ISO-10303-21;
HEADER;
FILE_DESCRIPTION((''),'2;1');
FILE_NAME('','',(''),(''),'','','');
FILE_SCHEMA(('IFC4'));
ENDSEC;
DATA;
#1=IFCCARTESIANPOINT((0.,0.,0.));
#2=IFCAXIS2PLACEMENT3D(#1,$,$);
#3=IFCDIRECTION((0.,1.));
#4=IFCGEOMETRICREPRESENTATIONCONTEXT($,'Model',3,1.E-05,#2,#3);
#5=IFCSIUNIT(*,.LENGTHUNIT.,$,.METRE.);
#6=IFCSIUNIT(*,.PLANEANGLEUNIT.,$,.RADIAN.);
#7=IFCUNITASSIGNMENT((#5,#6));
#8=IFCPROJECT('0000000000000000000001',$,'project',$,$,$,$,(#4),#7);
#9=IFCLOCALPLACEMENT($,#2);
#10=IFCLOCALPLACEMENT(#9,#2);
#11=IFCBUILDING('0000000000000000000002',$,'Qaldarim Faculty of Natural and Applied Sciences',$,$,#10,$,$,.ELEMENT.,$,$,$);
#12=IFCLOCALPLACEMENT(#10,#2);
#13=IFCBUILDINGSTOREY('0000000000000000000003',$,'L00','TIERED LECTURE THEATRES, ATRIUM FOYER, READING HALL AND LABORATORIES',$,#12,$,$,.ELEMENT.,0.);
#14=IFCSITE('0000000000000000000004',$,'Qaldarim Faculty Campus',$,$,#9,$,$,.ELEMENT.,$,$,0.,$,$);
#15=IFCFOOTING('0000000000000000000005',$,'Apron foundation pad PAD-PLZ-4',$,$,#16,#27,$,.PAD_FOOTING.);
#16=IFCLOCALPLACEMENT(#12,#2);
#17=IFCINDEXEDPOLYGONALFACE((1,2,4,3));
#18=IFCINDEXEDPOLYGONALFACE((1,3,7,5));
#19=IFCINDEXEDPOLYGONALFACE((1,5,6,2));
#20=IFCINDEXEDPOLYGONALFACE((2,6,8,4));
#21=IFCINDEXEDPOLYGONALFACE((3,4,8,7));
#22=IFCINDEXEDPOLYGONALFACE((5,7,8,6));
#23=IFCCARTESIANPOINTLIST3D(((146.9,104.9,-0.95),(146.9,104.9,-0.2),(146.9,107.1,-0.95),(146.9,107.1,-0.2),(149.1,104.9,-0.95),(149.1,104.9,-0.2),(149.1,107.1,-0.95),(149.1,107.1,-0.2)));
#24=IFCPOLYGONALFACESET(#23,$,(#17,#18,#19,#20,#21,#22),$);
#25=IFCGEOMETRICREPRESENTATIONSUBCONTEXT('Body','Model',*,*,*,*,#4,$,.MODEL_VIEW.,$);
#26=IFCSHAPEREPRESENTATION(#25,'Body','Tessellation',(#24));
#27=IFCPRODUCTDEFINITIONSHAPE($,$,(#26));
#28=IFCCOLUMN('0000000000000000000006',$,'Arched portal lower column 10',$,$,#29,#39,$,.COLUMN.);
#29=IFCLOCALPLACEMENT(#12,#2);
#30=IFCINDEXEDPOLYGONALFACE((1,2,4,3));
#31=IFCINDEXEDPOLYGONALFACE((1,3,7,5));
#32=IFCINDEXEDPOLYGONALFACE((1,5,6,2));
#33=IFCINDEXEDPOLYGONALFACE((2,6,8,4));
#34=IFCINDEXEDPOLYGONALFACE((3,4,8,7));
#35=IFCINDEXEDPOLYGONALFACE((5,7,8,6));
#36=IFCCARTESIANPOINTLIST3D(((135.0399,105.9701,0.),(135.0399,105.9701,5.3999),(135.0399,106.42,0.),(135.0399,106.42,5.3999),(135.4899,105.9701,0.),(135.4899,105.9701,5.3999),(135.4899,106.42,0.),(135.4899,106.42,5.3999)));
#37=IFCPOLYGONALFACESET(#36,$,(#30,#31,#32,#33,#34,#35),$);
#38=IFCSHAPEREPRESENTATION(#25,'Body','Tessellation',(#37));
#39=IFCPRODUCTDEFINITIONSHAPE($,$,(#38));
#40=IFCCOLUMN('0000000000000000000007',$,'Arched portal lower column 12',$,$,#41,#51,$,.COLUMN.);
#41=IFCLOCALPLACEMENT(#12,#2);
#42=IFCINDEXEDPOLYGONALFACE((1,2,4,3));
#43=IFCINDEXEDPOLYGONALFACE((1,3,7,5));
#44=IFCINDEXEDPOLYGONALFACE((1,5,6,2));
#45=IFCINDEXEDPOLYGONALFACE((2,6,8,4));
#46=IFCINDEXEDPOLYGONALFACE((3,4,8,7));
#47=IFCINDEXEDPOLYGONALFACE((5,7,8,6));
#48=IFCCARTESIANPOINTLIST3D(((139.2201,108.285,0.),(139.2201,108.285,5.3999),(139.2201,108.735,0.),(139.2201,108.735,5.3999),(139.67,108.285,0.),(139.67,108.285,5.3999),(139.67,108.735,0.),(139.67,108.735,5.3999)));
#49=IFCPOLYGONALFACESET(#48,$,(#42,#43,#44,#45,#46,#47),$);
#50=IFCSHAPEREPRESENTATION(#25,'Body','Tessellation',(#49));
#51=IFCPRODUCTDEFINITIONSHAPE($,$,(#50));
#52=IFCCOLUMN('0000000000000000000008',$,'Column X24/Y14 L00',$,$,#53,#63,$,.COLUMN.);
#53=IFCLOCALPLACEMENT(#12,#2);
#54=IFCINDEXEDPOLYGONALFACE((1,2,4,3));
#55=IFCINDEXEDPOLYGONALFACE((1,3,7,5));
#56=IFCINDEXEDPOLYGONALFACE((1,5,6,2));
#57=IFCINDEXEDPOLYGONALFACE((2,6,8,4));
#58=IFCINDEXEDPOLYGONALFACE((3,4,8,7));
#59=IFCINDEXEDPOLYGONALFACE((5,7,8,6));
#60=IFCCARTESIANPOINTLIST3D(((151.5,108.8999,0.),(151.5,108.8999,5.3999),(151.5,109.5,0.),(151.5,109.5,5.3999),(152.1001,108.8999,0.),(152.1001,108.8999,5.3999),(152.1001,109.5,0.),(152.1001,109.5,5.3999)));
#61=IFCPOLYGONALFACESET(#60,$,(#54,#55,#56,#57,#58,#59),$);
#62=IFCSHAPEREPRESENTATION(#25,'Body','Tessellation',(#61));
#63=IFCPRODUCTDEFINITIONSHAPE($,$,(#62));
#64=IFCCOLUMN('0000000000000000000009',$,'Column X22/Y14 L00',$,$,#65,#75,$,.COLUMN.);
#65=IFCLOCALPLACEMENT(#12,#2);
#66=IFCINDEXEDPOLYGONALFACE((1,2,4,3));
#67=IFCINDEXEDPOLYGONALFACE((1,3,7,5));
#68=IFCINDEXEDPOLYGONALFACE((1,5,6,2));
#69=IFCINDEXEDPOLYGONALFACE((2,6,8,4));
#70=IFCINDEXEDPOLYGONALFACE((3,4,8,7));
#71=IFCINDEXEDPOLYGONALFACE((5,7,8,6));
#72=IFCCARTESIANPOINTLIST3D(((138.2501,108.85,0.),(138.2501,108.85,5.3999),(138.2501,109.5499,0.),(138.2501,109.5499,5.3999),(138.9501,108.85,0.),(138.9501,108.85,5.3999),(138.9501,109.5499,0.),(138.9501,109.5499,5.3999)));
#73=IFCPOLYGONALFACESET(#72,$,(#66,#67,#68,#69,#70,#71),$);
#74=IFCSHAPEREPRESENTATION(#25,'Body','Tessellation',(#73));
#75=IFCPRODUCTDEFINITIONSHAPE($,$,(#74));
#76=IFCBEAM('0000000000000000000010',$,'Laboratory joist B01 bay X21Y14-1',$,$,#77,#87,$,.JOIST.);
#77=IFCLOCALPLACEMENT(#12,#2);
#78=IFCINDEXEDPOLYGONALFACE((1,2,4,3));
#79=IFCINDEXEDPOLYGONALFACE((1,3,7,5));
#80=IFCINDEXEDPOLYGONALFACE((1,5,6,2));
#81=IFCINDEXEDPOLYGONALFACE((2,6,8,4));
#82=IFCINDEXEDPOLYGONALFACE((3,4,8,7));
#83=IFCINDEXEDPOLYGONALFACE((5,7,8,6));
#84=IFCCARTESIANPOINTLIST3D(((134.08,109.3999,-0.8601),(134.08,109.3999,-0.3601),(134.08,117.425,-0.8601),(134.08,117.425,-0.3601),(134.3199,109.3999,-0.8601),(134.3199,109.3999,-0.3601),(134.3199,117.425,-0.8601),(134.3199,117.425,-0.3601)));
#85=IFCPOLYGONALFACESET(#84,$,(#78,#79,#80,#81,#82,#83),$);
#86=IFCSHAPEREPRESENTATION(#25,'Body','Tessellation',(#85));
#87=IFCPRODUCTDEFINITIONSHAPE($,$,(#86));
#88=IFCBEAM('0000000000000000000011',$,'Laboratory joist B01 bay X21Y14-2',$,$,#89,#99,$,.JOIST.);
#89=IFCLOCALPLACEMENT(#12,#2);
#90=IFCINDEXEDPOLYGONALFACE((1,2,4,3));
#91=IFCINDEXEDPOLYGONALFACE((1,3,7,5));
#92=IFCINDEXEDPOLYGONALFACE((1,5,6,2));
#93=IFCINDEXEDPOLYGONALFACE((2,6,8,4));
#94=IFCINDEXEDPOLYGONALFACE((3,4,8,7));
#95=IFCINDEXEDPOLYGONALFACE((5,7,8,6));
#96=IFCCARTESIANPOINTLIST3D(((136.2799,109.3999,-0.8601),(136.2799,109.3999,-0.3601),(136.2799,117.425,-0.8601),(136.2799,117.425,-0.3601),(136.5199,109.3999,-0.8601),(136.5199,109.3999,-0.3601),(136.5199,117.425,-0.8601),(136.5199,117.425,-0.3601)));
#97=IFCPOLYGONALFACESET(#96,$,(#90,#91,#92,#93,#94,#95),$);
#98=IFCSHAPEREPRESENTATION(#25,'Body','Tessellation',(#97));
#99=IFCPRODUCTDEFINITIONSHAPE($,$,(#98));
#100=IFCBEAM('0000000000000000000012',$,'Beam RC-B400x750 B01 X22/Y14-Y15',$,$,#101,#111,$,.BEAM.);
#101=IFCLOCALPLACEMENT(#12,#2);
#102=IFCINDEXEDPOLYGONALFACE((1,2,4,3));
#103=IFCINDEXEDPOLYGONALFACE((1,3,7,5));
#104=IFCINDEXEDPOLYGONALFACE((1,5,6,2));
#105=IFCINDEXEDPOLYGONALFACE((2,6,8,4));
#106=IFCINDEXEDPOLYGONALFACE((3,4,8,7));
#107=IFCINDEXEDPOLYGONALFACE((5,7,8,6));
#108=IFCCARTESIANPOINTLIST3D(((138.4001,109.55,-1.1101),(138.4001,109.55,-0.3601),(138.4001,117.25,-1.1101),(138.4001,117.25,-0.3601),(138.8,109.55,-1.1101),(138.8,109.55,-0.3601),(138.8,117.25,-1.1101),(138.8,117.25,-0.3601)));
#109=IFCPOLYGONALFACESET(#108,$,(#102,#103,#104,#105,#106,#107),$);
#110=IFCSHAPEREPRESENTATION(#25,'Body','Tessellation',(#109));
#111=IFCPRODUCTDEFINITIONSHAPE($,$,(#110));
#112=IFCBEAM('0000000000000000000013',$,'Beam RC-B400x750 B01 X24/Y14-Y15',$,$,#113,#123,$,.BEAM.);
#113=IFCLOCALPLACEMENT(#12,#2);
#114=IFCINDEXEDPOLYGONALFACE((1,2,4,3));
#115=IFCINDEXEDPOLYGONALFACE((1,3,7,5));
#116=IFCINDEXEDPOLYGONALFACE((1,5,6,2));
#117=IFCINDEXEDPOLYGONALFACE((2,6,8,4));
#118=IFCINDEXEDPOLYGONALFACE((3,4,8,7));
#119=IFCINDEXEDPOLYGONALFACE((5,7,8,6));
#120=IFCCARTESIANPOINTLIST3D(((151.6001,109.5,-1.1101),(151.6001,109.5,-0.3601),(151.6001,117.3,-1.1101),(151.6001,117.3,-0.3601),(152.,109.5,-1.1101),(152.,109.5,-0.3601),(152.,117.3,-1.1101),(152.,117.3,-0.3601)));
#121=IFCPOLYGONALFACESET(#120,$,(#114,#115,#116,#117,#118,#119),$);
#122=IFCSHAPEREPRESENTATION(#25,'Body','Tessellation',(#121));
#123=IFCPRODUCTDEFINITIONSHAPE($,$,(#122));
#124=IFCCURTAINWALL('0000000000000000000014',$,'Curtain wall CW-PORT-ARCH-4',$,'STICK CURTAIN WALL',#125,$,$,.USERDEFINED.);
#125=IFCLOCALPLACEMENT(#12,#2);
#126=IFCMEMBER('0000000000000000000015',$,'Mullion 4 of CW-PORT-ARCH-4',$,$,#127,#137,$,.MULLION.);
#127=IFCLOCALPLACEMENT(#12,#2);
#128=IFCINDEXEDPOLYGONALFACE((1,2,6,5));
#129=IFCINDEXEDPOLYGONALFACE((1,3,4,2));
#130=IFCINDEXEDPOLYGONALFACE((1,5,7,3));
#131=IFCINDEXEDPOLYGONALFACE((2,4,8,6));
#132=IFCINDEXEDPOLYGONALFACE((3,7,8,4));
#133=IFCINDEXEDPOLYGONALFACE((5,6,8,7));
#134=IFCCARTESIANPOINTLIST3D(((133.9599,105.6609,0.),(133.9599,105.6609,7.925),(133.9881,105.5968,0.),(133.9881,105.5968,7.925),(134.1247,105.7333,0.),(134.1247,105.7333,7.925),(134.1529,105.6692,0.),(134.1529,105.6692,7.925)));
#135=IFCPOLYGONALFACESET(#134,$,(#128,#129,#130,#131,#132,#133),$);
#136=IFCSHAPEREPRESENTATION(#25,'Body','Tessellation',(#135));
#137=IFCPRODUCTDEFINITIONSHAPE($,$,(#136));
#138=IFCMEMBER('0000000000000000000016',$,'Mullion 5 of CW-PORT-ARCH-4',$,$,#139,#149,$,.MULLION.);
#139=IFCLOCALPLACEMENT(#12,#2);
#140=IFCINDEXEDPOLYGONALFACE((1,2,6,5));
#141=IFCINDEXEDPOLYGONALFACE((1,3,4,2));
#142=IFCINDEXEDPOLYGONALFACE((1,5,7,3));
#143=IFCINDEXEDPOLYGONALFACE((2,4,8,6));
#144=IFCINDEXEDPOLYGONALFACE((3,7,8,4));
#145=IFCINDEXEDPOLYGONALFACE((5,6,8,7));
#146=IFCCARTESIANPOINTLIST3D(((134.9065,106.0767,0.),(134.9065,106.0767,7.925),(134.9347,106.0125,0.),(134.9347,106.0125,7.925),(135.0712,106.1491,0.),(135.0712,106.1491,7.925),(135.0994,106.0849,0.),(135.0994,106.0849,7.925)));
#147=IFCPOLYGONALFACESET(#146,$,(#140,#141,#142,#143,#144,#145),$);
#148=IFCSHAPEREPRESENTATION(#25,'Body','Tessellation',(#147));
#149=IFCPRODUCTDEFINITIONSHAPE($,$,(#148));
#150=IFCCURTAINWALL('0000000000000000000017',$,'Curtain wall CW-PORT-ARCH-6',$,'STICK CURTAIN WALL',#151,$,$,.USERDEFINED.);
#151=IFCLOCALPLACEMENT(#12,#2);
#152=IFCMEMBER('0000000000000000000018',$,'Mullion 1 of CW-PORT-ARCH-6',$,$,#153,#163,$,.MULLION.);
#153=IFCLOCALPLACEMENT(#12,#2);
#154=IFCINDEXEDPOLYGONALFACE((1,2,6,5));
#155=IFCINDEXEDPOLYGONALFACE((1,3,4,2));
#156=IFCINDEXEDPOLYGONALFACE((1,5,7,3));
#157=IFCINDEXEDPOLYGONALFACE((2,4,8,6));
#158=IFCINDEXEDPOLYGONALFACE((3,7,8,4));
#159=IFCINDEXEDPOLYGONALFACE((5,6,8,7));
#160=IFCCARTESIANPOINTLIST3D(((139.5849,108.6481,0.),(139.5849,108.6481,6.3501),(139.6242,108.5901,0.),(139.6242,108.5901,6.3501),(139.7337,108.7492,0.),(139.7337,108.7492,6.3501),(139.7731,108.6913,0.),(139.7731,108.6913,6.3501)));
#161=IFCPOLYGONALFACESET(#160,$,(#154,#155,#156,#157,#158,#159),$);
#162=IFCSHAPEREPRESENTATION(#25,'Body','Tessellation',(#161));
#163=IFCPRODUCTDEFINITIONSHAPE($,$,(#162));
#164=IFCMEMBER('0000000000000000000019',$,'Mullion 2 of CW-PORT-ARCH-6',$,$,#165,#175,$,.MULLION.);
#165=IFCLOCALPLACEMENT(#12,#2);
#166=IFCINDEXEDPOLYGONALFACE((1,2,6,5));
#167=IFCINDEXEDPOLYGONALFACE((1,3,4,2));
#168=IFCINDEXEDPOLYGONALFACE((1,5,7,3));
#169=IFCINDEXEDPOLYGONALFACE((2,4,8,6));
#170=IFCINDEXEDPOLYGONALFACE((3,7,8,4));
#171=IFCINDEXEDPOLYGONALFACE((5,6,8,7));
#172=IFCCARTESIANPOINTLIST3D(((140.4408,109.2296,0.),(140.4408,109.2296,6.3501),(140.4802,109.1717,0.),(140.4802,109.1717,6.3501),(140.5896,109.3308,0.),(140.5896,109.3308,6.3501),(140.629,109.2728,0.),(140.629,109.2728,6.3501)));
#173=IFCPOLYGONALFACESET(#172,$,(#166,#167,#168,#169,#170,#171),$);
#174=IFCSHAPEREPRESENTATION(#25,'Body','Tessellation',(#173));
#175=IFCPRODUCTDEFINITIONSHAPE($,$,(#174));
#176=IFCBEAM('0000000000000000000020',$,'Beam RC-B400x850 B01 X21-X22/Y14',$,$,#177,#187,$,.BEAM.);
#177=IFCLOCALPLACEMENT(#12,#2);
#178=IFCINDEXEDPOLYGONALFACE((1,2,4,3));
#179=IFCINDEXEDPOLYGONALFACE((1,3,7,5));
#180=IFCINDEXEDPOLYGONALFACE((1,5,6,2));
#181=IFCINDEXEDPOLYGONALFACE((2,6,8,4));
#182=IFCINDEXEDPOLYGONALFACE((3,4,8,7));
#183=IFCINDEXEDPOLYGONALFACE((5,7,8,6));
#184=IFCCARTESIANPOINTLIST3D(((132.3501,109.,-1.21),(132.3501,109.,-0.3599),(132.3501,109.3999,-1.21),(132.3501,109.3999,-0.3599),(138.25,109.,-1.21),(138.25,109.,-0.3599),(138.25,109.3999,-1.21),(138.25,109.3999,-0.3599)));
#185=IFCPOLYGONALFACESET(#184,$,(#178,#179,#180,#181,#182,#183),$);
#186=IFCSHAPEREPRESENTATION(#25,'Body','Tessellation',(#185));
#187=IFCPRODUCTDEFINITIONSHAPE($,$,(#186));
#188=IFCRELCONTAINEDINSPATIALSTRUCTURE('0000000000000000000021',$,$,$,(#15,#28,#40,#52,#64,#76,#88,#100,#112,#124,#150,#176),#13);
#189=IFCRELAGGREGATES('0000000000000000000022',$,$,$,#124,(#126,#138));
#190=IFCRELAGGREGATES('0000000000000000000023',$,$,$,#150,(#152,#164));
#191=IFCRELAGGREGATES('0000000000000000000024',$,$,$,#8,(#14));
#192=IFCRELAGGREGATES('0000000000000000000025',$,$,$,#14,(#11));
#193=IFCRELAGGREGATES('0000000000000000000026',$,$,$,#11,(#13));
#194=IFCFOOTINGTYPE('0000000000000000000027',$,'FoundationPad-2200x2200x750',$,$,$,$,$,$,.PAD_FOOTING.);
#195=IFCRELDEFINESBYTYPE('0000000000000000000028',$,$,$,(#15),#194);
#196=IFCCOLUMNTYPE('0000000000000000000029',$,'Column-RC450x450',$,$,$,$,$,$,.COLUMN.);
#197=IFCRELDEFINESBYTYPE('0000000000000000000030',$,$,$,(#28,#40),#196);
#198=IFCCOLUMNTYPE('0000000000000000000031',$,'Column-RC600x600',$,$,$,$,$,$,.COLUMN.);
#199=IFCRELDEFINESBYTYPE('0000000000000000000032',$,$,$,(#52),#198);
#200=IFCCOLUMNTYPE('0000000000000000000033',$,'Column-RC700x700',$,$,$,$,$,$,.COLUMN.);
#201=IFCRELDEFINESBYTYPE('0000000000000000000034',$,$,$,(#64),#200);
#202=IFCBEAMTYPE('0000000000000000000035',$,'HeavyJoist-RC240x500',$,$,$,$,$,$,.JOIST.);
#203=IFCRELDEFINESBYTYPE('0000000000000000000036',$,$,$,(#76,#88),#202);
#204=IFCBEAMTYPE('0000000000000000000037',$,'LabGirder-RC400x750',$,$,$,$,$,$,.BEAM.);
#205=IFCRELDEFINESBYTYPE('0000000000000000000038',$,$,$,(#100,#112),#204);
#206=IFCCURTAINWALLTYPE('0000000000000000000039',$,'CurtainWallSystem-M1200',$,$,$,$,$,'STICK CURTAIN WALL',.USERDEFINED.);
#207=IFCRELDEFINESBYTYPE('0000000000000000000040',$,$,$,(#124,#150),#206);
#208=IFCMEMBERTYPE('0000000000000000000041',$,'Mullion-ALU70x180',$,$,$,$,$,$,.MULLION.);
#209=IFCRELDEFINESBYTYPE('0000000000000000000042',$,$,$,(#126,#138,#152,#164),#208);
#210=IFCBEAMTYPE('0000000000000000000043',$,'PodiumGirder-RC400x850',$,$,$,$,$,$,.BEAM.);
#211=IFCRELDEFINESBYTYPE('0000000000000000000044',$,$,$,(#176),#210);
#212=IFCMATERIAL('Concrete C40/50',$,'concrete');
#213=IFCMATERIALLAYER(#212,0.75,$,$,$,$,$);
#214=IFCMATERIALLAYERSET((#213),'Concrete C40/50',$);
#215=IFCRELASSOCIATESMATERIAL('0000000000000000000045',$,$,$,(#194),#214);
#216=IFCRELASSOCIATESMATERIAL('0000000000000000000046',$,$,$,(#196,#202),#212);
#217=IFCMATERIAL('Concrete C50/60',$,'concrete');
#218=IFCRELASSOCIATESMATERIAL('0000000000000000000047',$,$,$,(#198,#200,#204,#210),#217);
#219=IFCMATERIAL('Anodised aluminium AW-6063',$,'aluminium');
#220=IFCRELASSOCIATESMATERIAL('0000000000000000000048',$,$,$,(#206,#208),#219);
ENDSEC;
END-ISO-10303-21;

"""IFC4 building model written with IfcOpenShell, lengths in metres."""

from ifc_helpers import new_model, si_unit, direction, frame, origin, origin_2d, place, context, subcontext, project, spatial, rectangle, extrude, material, layer, layer_set, material_profile, profile_set, type_object, element, aggregate, save


model = new_model("IFC4")

# Units and contexts
model_context = context("Model", 3, precision=1e-05, world=origin(), true_north=direction((0.0, 1.0)))
body_context = subcontext(model_context, "Body", "Model", "MODEL_VIEW")
ifc_project = project(units=[si_unit("LENGTHUNIT", "METRE"), si_unit("PLANEANGLEUNIT", "RADIAN")], contexts=[model_context])

# Site, building, storey
site_placement = place(None, origin())
site = spatial("IfcSite", under=ifc_project, at=site_placement, Name="Qaldarim Faculty Campus", CompositionType="ELEMENT", RefElevation=0.0)
building_placement = place(site_placement, origin())
building = spatial("IfcBuilding", under=site, at=building_placement, Name="Qaldarim Faculty of Natural and Applied Sciences", CompositionType="ELEMENT")
storey_placement = place(building_placement, origin())
storey = spatial("IfcBuildingStorey", under=building, at=storey_placement, Name="L00", Description="TIERED LECTURE THEATRES, ATRIUM FOYER, READING HALL AND LABORATORIES", CompositionType="ELEMENT", Elevation=0.0)

# Footing
ifc_material_1 = material(Name="Concrete C40/50", Category="concrete")
ifc_layer_1 = layer(ifc_material_1, 0.75)
ifc_layer_set_1 = layer_set([ifc_layer_1], Name="Concrete C40/50")
footing_type = type_object("IfcFootingType", Name="FoundationPad-2200x2200x750", PredefinedType="PAD_FOOTING", material=ifc_layer_set_1)
footing_placement = place(storey_placement, frame((148.0, 106.0, -0.95), z_axis=(0.0, 0.0, 1.0), x_axis=(1.0, 0.0, 0.0)))
element("IfcFooting", 1, at=footing_placement, inside=storey, type_object=footing_type, Name="Apron foundation pad PAD-PLZ-4", PredefinedType="PAD_FOOTING", context=body_context, shape_type="SweptSolid", body=[
    extrude(rectangle(XDim=2.2, YDim=2.2, at=origin_2d()), origin(), (0.0, 0.0, 1.0), 0.75),
])

# Columns
ifc_material_profile_1 = material_profile(ifc_material_1, rectangle(XDim=0.45, YDim=0.45, at=origin_2d()), Name="RC-C450x450")
ifc_profile_set_1 = profile_set([ifc_material_profile_1], Name="Concrete C40/50")
column_type_1 = type_object("IfcColumnType", Name="Column-RC450x450", PredefinedType="COLUMN", material=ifc_profile_set_1)
for number, where, z_axis, x_axis, name in (
    (2, (135.2649, 106.1951, 0.0), (0.0, 0.0, 1.0), (1.0, 0.0, 0.0), "Arched portal lower column 10"),
    (3, (139.4451, 108.51, 0.0), (0.0, 0.0, 1.0), (1.0, 0.0, 0.0), "Arched portal lower column 12"),
):
    element("IfcColumn", number, at=place(storey_placement, frame(where, z_axis=z_axis, x_axis=x_axis)), inside=storey, type_object=column_type_1, Name=name, PredefinedType="COLUMN", context=body_context, shape_type="SweptSolid", body=[
        extrude(rectangle(XDim=0.45, YDim=0.45, at=origin_2d()), origin(), (0.0, 0.0, 1.0), 5.3999),
    ])
ifc_material_2 = material(Name="Concrete C50/60", Category="concrete")
ifc_material_profile_2 = material_profile(ifc_material_2, rectangle(XDim=0.6001, YDim=0.6001, at=origin_2d()), Name="RC-C600x600")
ifc_profile_set_2 = profile_set([ifc_material_profile_2], Name="Concrete C50/60")
column_type_2 = type_object("IfcColumnType", Name="Column-RC600x600", PredefinedType="COLUMN", material=ifc_profile_set_2)
column_1_placement = place(storey_placement, frame((151.8, 109.2, 0.0), z_axis=(0.0, 0.0, 1.0), x_axis=(1.0, 0.0, 0.0)))
element("IfcColumn", 4, at=column_1_placement, inside=storey, type_object=column_type_2, Name="Column X24/Y14 L00", PredefinedType="COLUMN", context=body_context, shape_type="SweptSolid", body=[
    extrude(rectangle(XDim=0.6001, YDim=0.6001, at=origin_2d()), origin(), (0.0, 0.0, 1.0), 5.3999),
])
ifc_material_profile_3 = material_profile(ifc_material_2, rectangle(XDim=0.7, YDim=0.7, at=origin_2d()), Name="RC-C700x700")
ifc_profile_set_3 = profile_set([ifc_material_profile_3], Name="Concrete C50/60")
column_type_3 = type_object("IfcColumnType", Name="Column-RC700x700", PredefinedType="COLUMN", material=ifc_profile_set_3)
column_2_placement = place(storey_placement, frame((138.6001, 109.2, 0.0), z_axis=(0.0, 0.0, 1.0), x_axis=(1.0, 0.0, 0.0)))
element("IfcColumn", 5, at=column_2_placement, inside=storey, type_object=column_type_3, Name="Column X22/Y14 L00", PredefinedType="COLUMN", context=body_context, shape_type="SweptSolid", body=[
    extrude(rectangle(XDim=0.7, YDim=0.7, at=origin_2d()), origin(), (0.0, 0.0, 1.0), 5.3999),
])

# Beams
ifc_material_profile_4 = material_profile(ifc_material_1, rectangle(XDim=0.24, YDim=0.5, at=origin_2d()), Name="RC-J240x500")
ifc_profile_set_4 = profile_set([ifc_material_profile_4], Name="Concrete C40/50")
beam_type_1 = type_object("IfcBeamType", Name="HeavyJoist-RC240x500", PredefinedType="JOIST", material=ifc_profile_set_4)
for number, where, z_axis, x_axis, name in (
    (6, (134.2, 109.3999, -0.6101), (0.0, 1.0, 0.0), (-1.0, 0.0, 0.0), "Laboratory joist B01 bay X21Y14-1"),
    (7, (136.3999, 109.3999, -0.6101), (0.0, 1.0, 0.0), (-1.0, 0.0, 0.0), "Laboratory joist B01 bay X21Y14-2"),
):
    element("IfcBeam", number, at=place(storey_placement, frame(where, z_axis=z_axis, x_axis=x_axis)), inside=storey, type_object=beam_type_1, Name=name, PredefinedType="JOIST", context=body_context, shape_type="SweptSolid", body=[
        extrude(rectangle(XDim=0.24, YDim=0.5, at=origin_2d()), origin(), (0.0, 0.0, 1.0), 8.0251),
    ])
ifc_material_profile_5 = material_profile(ifc_material_2, rectangle(XDim=0.3999, YDim=0.75, at=origin_2d()), Name="RC-B400x750")
ifc_profile_set_5 = profile_set([ifc_material_profile_5], Name="Concrete C50/60")
beam_type_2 = type_object("IfcBeamType", Name="LabGirder-RC400x750", PredefinedType="BEAM", material=ifc_profile_set_5)
beam_1_placement = place(storey_placement, frame((138.6001, 109.55, -0.7351), z_axis=(0.0, 1.0, 0.0), x_axis=(-1.0, 0.0, 0.0)))
element("IfcBeam", 8, at=beam_1_placement, inside=storey, type_object=beam_type_2, Name="Beam RC-B400x750 B01 X22/Y14-Y15", PredefinedType="BEAM", context=body_context, shape_type="SweptSolid", body=[
    extrude(rectangle(XDim=0.3999, YDim=0.75, at=origin_2d()), origin(), (0.0, 0.0, 1.0), 7.7),
])
beam_2_placement = place(storey_placement, frame((151.8, 109.5, -0.7351), z_axis=(0.0, 1.0, 0.0), x_axis=(-1.0, 0.0, 0.0)))
element("IfcBeam", 9, at=beam_2_placement, inside=storey, type_object=beam_type_2, Name="Beam RC-B400x750 B01 X24/Y14-Y15", PredefinedType="BEAM", context=body_context, shape_type="SweptSolid", body=[
    extrude(rectangle(XDim=0.3999, YDim=0.75, at=origin_2d()), origin(), (0.0, 0.0, 1.0), 7.8),
])

# Curtain walls, members
ifc_material_3 = material(Name="Anodised aluminium AW-6063", Category="aluminium")
curtain_wall_type = type_object("IfcCurtainWallType", Name="CurtainWallSystem-M1200", ElementType="STICK CURTAIN WALL", PredefinedType="USERDEFINED", material=ifc_material_3)
curtain_wall_1_placement = place(storey_placement, origin())
curtain_wall_1 = element("IfcCurtainWall", 10, at=curtain_wall_1_placement, inside=storey, type_object=curtain_wall_type, Name="Curtain wall CW-PORT-ARCH-4", ObjectType="STICK CURTAIN WALL", PredefinedType="USERDEFINED")
ifc_material_profile_6 = material_profile(ifc_material_3, rectangle(XDim=0.0701, YDim=0.1799, at=origin_2d()), Name="ALU-M70x180")
ifc_profile_set_6 = profile_set([ifc_material_profile_6], Name="Anodised aluminium AW-6063")
member_type_1 = type_object("IfcMemberType", Name="Mullion-ALU70x180", PredefinedType="MULLION", material=ifc_profile_set_6)
member_1_placement = place(storey_placement, frame((134.0564, 105.665, 0.0), z_axis=(0.0, 0.0, 1.0), x_axis=(-0.402235, 0.915536, 0.0)))
member_1 = element("IfcMember", 11, at=member_1_placement, type_object=member_type_1, Name="Mullion 4 of CW-PORT-ARCH-4", PredefinedType="MULLION", context=body_context, shape_type="SweptSolid", body=[
    extrude(rectangle(XDim=0.0701, YDim=0.1799, at=origin_2d()), origin(), (0.0, 0.0, 1.0), 7.925),
])
member_2_placement = place(storey_placement, frame((135.0029, 106.0808, 0.0), z_axis=(0.0, 0.0, 1.0), x_axis=(-0.402235, 0.915536, 0.0)))
member_2 = element("IfcMember", 12, at=member_2_placement, type_object=member_type_1, Name="Mullion 5 of CW-PORT-ARCH-4", PredefinedType="MULLION", context=body_context, shape_type="SweptSolid", body=[
    extrude(rectangle(XDim=0.0701, YDim=0.1799, at=origin_2d()), origin(), (0.0, 0.0, 1.0), 7.925),
])
curtain_wall_2_placement = place(storey_placement, origin())
curtain_wall_2 = element("IfcCurtainWall", 13, at=curtain_wall_2_placement, inside=storey, type_object=curtain_wall_type, Name="Curtain wall CW-PORT-ARCH-6", ObjectType="STICK CURTAIN WALL", PredefinedType="USERDEFINED")
member_3_placement = place(storey_placement, frame((139.679, 108.6697, 0.0), z_axis=(0.0, 0.0, 1.0), x_axis=(-0.561953, 0.827169, 0.0)))
member_3 = element("IfcMember", 14, at=member_3_placement, type_object=member_type_1, Name="Mullion 1 of CW-PORT-ARCH-6", PredefinedType="MULLION", context=body_context, shape_type="SweptSolid", body=[
    extrude(rectangle(XDim=0.0701, YDim=0.1799, at=origin_2d()), origin(), (0.0, 0.0, 1.0), 6.3501),
])
member_4_placement = place(storey_placement, frame((140.5349, 109.2512, 0.0), z_axis=(0.0, 0.0, 1.0), x_axis=(-0.561953, 0.827169, 0.0)))
member_4 = element("IfcMember", 15, at=member_4_placement, type_object=member_type_1, Name="Mullion 2 of CW-PORT-ARCH-6", PredefinedType="MULLION", context=body_context, shape_type="SweptSolid", body=[
    extrude(rectangle(XDim=0.0701, YDim=0.1799, at=origin_2d()), origin(), (0.0, 0.0, 1.0), 6.3501),
])

# Beam
ifc_material_profile_7 = material_profile(ifc_material_2, rectangle(XDim=0.3999, YDim=0.8501, at=origin_2d()), Name="RC-B400x850")
ifc_profile_set_7 = profile_set([ifc_material_profile_7], Name="Concrete C50/60")
beam_type_3 = type_object("IfcBeamType", Name="PodiumGirder-RC400x850", PredefinedType="BEAM", material=ifc_profile_set_7)
beam_3_placement = place(storey_placement, frame((132.3501, 109.2, -0.7849), z_axis=(1.0, 0.0, 0.0), x_axis=(0.0, 1.0, 0.0)))
element("IfcBeam", 16, at=beam_3_placement, inside=storey, type_object=beam_type_3, Name="Beam RC-B400x850 B01 X21-X22/Y14", PredefinedType="BEAM", context=body_context, shape_type="SweptSolid", body=[
    extrude(rectangle(XDim=0.3999, YDim=0.8501, at=origin_2d()), origin(), (0.0, 0.0, 1.0), 5.8999),
])

aggregate(curtain_wall_1, [member_1, member_2])
aggregate(curtain_wall_2, [member_3, member_4])

save(model, "model.ifc")
